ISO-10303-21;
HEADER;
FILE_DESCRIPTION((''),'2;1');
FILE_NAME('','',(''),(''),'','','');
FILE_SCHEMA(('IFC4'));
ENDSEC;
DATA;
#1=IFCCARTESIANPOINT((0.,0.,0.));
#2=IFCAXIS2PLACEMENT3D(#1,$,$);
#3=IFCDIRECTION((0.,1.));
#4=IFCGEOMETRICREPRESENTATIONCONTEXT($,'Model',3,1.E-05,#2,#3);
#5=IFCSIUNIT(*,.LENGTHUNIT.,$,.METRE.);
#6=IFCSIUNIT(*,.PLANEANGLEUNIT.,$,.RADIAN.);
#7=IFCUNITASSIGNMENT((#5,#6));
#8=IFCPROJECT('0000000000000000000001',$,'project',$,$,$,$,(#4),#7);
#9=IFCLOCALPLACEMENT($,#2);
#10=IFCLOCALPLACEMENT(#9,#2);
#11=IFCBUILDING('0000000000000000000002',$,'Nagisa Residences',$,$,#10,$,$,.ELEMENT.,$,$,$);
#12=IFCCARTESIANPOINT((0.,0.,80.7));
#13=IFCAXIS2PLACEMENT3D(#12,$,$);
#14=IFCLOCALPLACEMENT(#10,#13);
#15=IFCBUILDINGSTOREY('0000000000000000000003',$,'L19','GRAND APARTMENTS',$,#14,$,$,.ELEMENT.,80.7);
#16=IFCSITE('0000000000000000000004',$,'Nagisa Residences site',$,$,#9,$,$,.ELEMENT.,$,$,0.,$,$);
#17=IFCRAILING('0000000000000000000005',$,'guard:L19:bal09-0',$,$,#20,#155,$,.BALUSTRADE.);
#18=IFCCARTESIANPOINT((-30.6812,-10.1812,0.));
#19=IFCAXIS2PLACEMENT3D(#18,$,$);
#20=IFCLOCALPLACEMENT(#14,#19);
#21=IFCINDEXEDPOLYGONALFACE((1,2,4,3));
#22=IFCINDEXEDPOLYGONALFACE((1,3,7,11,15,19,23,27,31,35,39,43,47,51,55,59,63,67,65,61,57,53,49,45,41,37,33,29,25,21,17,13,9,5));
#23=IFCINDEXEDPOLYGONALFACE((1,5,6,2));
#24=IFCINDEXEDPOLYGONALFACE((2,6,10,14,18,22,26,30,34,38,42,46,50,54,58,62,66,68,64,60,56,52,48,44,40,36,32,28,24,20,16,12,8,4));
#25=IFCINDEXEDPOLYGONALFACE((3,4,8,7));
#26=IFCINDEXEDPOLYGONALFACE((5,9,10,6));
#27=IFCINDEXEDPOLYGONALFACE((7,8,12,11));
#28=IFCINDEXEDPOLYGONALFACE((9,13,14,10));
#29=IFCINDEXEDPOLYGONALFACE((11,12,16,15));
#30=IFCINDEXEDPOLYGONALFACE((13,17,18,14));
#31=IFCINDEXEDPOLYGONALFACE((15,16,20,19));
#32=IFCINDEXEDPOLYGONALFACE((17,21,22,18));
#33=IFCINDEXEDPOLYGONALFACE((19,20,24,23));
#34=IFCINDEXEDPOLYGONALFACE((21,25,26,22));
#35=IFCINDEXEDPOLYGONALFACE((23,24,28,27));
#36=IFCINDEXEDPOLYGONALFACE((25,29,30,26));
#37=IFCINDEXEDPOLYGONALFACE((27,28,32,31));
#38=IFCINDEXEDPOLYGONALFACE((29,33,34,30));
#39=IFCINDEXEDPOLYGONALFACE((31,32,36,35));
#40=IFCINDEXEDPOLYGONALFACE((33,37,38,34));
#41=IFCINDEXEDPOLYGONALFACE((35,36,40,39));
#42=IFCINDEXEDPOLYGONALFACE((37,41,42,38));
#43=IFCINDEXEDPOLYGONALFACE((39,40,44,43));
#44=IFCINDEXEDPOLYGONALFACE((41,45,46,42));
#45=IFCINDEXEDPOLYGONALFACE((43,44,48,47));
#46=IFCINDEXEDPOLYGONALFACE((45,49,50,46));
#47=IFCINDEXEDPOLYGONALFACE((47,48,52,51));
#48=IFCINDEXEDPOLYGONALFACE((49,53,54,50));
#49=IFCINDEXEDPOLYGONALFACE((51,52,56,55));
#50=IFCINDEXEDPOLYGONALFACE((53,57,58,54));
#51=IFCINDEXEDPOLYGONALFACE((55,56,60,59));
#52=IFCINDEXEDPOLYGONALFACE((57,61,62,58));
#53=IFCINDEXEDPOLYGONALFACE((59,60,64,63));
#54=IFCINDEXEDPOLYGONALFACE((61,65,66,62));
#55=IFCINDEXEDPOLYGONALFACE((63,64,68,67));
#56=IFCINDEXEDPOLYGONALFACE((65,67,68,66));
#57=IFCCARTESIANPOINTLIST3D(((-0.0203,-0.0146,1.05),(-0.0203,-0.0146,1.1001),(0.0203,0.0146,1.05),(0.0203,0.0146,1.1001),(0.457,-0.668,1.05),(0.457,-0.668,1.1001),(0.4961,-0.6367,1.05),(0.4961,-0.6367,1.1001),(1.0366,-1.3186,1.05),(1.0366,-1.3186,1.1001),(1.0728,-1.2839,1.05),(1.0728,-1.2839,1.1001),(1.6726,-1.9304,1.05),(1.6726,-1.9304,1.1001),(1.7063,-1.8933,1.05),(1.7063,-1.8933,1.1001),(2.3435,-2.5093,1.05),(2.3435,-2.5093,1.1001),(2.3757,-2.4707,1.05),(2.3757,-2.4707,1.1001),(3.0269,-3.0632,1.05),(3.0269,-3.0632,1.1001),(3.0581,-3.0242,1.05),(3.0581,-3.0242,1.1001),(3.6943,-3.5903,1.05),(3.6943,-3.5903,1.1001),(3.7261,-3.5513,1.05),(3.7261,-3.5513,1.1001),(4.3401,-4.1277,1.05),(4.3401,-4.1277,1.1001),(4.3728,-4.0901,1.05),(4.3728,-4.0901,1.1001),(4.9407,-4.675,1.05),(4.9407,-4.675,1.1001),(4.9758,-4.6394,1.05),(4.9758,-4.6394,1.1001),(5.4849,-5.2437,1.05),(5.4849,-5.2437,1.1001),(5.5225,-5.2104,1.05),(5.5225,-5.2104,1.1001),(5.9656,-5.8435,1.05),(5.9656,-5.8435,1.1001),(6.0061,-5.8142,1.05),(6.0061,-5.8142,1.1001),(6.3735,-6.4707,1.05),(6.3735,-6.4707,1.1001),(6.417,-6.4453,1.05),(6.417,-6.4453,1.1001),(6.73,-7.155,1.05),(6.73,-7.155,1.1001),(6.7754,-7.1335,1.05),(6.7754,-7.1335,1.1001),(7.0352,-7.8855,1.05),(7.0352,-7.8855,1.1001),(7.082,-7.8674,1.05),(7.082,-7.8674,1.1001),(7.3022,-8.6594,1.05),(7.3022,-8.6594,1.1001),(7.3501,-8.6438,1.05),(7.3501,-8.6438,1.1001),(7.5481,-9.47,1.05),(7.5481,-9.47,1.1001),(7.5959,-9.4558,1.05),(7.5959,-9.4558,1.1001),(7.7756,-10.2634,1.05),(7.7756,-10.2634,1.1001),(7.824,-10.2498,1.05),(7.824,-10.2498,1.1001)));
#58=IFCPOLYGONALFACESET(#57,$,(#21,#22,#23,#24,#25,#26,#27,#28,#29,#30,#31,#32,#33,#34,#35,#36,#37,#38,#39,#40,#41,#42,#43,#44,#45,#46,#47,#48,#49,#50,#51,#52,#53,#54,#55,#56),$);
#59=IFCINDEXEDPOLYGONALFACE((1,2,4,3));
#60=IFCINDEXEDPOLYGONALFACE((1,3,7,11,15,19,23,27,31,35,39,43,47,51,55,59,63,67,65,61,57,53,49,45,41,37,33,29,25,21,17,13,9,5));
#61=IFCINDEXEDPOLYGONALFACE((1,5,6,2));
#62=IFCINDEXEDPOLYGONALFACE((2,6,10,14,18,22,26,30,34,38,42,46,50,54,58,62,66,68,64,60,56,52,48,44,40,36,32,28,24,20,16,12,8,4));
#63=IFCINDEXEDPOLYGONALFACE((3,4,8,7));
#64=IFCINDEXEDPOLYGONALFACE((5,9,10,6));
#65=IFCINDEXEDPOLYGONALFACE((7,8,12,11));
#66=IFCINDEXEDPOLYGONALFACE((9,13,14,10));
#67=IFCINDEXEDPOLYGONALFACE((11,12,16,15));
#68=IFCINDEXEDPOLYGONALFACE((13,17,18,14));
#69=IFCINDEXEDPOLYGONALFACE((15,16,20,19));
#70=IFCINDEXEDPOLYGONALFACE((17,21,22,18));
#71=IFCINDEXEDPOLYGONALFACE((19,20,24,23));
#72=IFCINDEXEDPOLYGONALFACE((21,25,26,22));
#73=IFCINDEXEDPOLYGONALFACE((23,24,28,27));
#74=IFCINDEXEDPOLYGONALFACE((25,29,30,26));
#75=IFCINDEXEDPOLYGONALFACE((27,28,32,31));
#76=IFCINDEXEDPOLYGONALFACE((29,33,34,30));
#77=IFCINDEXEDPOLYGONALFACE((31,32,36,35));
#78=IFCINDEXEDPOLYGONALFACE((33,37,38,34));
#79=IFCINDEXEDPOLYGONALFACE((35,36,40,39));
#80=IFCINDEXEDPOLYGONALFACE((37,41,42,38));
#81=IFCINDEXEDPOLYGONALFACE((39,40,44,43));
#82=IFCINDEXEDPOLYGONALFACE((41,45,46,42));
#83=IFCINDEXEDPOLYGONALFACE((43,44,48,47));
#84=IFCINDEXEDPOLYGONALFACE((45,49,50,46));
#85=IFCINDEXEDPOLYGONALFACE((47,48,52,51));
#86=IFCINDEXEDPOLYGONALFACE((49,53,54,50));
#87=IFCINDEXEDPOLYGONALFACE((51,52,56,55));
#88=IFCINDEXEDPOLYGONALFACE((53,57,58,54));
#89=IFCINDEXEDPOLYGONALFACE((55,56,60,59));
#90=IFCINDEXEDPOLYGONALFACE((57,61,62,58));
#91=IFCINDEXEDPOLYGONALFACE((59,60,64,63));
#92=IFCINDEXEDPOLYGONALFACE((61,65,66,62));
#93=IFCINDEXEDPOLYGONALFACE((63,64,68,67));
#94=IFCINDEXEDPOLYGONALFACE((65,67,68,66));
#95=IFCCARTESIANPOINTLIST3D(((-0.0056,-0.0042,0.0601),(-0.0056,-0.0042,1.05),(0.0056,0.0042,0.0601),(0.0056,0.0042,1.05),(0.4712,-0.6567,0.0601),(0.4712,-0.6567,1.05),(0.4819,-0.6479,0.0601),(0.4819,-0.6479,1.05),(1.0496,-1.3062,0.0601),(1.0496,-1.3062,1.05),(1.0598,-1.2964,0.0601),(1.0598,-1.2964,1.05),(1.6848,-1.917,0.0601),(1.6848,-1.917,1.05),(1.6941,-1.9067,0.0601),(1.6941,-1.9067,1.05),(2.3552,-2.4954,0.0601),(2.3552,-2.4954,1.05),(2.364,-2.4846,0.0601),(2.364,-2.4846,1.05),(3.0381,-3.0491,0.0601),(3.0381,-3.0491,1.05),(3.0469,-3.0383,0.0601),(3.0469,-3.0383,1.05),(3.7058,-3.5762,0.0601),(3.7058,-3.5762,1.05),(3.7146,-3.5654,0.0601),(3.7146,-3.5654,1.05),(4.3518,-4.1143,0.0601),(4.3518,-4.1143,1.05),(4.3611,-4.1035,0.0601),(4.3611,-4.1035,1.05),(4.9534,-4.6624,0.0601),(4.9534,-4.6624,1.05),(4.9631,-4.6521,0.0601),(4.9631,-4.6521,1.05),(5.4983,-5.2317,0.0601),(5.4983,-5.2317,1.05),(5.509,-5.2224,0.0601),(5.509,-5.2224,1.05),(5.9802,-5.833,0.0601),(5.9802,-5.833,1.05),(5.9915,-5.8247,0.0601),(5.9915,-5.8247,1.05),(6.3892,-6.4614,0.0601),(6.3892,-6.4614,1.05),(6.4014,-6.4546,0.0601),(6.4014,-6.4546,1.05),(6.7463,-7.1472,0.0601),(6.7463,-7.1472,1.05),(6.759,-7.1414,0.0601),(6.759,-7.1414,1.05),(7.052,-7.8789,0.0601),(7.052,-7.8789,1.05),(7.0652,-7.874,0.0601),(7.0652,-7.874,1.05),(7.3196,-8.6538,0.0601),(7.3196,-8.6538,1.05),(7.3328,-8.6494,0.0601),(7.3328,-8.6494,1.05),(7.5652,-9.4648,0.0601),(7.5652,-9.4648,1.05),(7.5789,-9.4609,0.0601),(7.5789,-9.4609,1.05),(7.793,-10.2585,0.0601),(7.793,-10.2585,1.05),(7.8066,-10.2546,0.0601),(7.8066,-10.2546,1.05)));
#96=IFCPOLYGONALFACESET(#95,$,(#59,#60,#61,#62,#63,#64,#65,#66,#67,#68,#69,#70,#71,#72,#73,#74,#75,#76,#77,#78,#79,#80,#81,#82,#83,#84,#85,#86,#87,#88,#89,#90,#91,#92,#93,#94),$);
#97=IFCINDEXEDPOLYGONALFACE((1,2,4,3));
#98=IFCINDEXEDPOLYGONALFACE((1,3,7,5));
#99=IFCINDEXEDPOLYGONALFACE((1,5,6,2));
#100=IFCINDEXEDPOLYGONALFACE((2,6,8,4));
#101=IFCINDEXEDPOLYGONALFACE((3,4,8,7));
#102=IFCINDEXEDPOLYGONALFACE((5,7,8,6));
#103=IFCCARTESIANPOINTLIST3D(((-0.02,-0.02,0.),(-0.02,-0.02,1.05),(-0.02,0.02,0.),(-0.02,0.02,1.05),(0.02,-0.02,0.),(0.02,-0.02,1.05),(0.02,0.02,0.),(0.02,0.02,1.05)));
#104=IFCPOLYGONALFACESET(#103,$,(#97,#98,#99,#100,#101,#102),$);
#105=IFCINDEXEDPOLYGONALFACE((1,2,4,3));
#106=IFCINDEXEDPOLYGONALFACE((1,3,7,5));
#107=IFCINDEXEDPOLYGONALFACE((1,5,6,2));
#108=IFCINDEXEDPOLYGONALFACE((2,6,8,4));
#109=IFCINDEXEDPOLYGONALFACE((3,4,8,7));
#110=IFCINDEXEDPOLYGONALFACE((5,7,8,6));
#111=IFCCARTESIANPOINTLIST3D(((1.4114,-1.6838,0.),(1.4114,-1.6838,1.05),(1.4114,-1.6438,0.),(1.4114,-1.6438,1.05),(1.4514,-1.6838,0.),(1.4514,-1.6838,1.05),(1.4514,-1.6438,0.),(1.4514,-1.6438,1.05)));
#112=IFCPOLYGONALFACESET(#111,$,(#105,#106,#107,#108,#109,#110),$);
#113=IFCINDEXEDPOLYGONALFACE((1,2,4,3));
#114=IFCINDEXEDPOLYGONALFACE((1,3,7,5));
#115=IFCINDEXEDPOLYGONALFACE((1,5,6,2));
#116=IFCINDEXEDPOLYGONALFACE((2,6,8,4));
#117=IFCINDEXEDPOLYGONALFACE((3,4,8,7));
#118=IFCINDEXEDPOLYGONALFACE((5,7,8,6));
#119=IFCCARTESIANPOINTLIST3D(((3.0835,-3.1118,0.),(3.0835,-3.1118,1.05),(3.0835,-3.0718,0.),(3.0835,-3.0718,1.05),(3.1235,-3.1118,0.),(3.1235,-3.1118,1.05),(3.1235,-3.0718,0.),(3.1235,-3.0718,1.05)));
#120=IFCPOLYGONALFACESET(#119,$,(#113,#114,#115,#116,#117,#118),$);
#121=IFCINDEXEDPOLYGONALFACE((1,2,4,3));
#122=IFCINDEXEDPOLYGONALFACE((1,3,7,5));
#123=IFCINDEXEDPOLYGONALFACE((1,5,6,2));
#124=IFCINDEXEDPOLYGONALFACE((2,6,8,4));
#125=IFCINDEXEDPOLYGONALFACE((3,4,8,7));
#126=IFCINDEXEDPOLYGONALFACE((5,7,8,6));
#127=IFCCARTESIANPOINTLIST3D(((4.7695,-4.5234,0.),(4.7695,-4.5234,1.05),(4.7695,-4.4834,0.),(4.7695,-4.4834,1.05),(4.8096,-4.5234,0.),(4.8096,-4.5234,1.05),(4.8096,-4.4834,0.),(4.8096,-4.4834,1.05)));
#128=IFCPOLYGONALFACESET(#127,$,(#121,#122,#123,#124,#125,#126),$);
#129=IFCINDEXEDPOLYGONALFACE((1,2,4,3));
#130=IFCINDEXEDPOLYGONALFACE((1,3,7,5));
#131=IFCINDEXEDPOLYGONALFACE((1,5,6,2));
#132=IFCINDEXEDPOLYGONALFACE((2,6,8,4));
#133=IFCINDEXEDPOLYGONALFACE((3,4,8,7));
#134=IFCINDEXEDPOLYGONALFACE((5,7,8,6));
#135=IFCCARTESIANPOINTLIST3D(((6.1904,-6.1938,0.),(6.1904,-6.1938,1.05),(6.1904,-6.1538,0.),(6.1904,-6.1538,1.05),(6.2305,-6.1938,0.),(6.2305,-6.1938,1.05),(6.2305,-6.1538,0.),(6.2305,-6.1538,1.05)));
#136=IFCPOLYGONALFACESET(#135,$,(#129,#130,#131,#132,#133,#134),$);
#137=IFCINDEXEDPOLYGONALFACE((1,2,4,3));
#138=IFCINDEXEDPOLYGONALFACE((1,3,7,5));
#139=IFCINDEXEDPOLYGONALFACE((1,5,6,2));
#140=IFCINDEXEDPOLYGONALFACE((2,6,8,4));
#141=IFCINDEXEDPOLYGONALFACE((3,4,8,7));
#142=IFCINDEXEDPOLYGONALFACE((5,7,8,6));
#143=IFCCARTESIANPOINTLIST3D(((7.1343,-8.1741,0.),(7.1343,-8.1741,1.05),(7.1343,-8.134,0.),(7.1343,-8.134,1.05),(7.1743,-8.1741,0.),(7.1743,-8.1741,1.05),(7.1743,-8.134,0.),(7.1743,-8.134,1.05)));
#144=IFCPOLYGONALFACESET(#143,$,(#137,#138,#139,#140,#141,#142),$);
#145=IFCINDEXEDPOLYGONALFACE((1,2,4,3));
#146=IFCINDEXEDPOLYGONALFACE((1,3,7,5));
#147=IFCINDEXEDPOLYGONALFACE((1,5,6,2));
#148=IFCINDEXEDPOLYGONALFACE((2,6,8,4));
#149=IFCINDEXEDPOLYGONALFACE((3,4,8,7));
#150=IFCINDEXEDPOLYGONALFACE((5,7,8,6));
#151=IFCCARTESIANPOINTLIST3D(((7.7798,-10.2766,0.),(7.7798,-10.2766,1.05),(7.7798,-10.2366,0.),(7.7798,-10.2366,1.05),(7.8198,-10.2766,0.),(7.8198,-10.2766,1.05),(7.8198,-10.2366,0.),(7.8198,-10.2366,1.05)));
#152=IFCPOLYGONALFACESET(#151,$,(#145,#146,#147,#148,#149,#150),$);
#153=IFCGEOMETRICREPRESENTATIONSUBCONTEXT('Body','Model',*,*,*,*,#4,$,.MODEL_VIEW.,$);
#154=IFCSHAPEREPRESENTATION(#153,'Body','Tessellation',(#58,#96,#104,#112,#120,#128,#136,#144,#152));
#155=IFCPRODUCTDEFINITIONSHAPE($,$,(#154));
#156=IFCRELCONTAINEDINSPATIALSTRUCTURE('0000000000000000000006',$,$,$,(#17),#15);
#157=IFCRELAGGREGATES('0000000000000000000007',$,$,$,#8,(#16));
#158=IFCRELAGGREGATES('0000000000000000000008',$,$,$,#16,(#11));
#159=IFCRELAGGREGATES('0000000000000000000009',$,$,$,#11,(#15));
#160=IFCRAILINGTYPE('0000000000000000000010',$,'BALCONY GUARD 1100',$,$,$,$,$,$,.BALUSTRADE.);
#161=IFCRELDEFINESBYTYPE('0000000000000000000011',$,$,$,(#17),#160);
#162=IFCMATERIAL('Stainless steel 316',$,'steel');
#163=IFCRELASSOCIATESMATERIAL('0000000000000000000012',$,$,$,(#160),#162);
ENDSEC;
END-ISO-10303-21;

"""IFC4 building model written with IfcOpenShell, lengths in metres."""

from ifc_helpers import new_model, si_unit, direction, frame, origin, origin_2d, place, context, subcontext, project, spatial, polyline, rectangle, outline, extrude, material, type_object, element, save


model = new_model("IFC4")

# Units and contexts
model_context = context("Model", 3, precision=1e-05, world=origin(), true_north=direction((0.0, 1.0)))
body_context = subcontext(model_context, "Body", "Model", "MODEL_VIEW")
ifc_project = project(units=[si_unit("LENGTHUNIT", "METRE"), si_unit("PLANEANGLEUNIT", "RADIAN")], contexts=[model_context])

# Site, building, storey
site_placement = place(None, origin())
site = spatial("IfcSite", under=ifc_project, at=site_placement, Name="Nagisa Residences site", CompositionType="ELEMENT", RefElevation=0.0)
building_placement = place(site_placement, origin())
building = spatial("IfcBuilding", under=site, at=building_placement, Name="Nagisa Residences", CompositionType="ELEMENT")
storey_placement = place(building_placement, frame((0.0, 0.0, 80.7)))
storey = spatial("IfcBuildingStorey", under=building, at=storey_placement, Name="L19", Description="GRAND APARTMENTS", CompositionType="ELEMENT", Elevation=80.7)

# Railing
ifc_material_1 = material(Name="Stainless steel 316", Category="steel")
railing_type = type_object("IfcRailingType", Name="BALCONY GUARD 1100", PredefinedType="BALUSTRADE", material=ifc_material_1)
railing_placement = place(storey_placement, frame((-30.6812, -10.1812, 0.0)))
element("IfcRailing", 1, at=railing_placement, inside=storey, type_object=railing_type, Name="guard:L19:bal09-0", PredefinedType="BALUSTRADE", context=body_context, shape_type="SweptSolid", body=[
    extrude(outline(polyline([(0.4961, -0.6367), (0.0203, 0.0146), (-0.0203, -0.0146), (0.457, -0.668), (1.0366, -1.3186), (1.6726, -1.9304), (2.3435, -2.5093), (3.0269, -3.0632), (3.6943, -3.5903), (4.3401, -4.1277), (4.9407, -4.675), (5.4849, -5.2437), (5.9656, -5.8435), (6.3735, -6.4707), (6.73, -7.155), (7.0352, -7.8855), (7.3022, -8.6594), (7.5481, -9.47), (7.7756, -10.2634), (7.824, -10.2498), (7.5959, -9.4558), (7.3501, -8.6438), (7.082, -7.8674), (6.7754, -7.1335), (6.417, -6.4453), (6.0061, -5.8142), (5.5225, -5.2104), (4.9758, -4.6394), (4.3728, -4.0901), (3.7261, -3.5513), (3.0581, -3.0242), (2.3757, -2.4707), (1.7063, -1.8933), (1.0728, -1.2839), (0.4961, -0.6367)])), frame((0.0, 0.0, 1.05)), (0.0, 0.0, 1.0), 0.05),
    extrude(outline(polyline([(0.4819, -0.6479), (0.0056, 0.0042), (-0.0056, -0.0042), (0.4712, -0.6567), (1.0496, -1.3062), (1.6848, -1.917), (2.3552, -2.4954), (3.0381, -3.0491), (3.7058, -3.5762), (4.3518, -4.1143), (4.9534, -4.6624), (5.4983, -5.2317), (5.9802, -5.833), (6.3892, -6.4614), (6.7463, -7.1472), (7.052, -7.8789), (7.3196, -8.6538), (7.5652, -9.4648), (7.793, -10.2585), (7.8066, -10.2546), (7.5789, -9.4609), (7.3328, -8.6494), (7.0652, -7.874), (6.759, -7.1414), (6.4014, -6.4546), (5.9915, -5.8247), (5.509, -5.2224), (4.9631, -4.6521), (4.3611, -4.1035), (3.7146, -3.5654), (3.0469, -3.0383), (2.364, -2.4846), (1.6941, -1.9067), (1.0598, -1.2964), (0.4819, -0.6479)])), frame((0.0, 0.0, 0.0601)), (0.0, 0.0, 1.0), 0.99),
    extrude(rectangle(XDim=0.04, YDim=0.04, at=origin_2d()), origin(), (0.0, 0.0, 1.0), 1.05),
    extrude(rectangle(XDim=0.04, YDim=0.04, at=origin_2d()), frame((1.4314, -1.6638, 0.0)), (0.0, 0.0, 1.0), 1.05),
    extrude(rectangle(XDim=0.04, YDim=0.04, at=origin_2d()), frame((3.1035, -3.0918, 0.0)), (0.0, 0.0, 1.0), 1.05),
    extrude(rectangle(XDim=0.04, YDim=0.04, at=origin_2d()), frame((4.7896, -4.5034, 0.0)), (0.0, 0.0, 1.0), 1.05),
    extrude(rectangle(XDim=0.04, YDim=0.04, at=origin_2d()), frame((6.2104, -6.1738, 0.0)), (0.0, 0.0, 1.0), 1.05),
    extrude(rectangle(XDim=0.04, YDim=0.04, at=origin_2d()), frame((7.1543, -8.1541, 0.0)), (0.0, 0.0, 1.0), 1.05),
    extrude(rectangle(XDim=0.04, YDim=0.04, at=origin_2d()), frame((7.7998, -10.2566, 0.0)), (0.0, 0.0, 1.0), 1.05),
])

save(model, "model.ifc")
